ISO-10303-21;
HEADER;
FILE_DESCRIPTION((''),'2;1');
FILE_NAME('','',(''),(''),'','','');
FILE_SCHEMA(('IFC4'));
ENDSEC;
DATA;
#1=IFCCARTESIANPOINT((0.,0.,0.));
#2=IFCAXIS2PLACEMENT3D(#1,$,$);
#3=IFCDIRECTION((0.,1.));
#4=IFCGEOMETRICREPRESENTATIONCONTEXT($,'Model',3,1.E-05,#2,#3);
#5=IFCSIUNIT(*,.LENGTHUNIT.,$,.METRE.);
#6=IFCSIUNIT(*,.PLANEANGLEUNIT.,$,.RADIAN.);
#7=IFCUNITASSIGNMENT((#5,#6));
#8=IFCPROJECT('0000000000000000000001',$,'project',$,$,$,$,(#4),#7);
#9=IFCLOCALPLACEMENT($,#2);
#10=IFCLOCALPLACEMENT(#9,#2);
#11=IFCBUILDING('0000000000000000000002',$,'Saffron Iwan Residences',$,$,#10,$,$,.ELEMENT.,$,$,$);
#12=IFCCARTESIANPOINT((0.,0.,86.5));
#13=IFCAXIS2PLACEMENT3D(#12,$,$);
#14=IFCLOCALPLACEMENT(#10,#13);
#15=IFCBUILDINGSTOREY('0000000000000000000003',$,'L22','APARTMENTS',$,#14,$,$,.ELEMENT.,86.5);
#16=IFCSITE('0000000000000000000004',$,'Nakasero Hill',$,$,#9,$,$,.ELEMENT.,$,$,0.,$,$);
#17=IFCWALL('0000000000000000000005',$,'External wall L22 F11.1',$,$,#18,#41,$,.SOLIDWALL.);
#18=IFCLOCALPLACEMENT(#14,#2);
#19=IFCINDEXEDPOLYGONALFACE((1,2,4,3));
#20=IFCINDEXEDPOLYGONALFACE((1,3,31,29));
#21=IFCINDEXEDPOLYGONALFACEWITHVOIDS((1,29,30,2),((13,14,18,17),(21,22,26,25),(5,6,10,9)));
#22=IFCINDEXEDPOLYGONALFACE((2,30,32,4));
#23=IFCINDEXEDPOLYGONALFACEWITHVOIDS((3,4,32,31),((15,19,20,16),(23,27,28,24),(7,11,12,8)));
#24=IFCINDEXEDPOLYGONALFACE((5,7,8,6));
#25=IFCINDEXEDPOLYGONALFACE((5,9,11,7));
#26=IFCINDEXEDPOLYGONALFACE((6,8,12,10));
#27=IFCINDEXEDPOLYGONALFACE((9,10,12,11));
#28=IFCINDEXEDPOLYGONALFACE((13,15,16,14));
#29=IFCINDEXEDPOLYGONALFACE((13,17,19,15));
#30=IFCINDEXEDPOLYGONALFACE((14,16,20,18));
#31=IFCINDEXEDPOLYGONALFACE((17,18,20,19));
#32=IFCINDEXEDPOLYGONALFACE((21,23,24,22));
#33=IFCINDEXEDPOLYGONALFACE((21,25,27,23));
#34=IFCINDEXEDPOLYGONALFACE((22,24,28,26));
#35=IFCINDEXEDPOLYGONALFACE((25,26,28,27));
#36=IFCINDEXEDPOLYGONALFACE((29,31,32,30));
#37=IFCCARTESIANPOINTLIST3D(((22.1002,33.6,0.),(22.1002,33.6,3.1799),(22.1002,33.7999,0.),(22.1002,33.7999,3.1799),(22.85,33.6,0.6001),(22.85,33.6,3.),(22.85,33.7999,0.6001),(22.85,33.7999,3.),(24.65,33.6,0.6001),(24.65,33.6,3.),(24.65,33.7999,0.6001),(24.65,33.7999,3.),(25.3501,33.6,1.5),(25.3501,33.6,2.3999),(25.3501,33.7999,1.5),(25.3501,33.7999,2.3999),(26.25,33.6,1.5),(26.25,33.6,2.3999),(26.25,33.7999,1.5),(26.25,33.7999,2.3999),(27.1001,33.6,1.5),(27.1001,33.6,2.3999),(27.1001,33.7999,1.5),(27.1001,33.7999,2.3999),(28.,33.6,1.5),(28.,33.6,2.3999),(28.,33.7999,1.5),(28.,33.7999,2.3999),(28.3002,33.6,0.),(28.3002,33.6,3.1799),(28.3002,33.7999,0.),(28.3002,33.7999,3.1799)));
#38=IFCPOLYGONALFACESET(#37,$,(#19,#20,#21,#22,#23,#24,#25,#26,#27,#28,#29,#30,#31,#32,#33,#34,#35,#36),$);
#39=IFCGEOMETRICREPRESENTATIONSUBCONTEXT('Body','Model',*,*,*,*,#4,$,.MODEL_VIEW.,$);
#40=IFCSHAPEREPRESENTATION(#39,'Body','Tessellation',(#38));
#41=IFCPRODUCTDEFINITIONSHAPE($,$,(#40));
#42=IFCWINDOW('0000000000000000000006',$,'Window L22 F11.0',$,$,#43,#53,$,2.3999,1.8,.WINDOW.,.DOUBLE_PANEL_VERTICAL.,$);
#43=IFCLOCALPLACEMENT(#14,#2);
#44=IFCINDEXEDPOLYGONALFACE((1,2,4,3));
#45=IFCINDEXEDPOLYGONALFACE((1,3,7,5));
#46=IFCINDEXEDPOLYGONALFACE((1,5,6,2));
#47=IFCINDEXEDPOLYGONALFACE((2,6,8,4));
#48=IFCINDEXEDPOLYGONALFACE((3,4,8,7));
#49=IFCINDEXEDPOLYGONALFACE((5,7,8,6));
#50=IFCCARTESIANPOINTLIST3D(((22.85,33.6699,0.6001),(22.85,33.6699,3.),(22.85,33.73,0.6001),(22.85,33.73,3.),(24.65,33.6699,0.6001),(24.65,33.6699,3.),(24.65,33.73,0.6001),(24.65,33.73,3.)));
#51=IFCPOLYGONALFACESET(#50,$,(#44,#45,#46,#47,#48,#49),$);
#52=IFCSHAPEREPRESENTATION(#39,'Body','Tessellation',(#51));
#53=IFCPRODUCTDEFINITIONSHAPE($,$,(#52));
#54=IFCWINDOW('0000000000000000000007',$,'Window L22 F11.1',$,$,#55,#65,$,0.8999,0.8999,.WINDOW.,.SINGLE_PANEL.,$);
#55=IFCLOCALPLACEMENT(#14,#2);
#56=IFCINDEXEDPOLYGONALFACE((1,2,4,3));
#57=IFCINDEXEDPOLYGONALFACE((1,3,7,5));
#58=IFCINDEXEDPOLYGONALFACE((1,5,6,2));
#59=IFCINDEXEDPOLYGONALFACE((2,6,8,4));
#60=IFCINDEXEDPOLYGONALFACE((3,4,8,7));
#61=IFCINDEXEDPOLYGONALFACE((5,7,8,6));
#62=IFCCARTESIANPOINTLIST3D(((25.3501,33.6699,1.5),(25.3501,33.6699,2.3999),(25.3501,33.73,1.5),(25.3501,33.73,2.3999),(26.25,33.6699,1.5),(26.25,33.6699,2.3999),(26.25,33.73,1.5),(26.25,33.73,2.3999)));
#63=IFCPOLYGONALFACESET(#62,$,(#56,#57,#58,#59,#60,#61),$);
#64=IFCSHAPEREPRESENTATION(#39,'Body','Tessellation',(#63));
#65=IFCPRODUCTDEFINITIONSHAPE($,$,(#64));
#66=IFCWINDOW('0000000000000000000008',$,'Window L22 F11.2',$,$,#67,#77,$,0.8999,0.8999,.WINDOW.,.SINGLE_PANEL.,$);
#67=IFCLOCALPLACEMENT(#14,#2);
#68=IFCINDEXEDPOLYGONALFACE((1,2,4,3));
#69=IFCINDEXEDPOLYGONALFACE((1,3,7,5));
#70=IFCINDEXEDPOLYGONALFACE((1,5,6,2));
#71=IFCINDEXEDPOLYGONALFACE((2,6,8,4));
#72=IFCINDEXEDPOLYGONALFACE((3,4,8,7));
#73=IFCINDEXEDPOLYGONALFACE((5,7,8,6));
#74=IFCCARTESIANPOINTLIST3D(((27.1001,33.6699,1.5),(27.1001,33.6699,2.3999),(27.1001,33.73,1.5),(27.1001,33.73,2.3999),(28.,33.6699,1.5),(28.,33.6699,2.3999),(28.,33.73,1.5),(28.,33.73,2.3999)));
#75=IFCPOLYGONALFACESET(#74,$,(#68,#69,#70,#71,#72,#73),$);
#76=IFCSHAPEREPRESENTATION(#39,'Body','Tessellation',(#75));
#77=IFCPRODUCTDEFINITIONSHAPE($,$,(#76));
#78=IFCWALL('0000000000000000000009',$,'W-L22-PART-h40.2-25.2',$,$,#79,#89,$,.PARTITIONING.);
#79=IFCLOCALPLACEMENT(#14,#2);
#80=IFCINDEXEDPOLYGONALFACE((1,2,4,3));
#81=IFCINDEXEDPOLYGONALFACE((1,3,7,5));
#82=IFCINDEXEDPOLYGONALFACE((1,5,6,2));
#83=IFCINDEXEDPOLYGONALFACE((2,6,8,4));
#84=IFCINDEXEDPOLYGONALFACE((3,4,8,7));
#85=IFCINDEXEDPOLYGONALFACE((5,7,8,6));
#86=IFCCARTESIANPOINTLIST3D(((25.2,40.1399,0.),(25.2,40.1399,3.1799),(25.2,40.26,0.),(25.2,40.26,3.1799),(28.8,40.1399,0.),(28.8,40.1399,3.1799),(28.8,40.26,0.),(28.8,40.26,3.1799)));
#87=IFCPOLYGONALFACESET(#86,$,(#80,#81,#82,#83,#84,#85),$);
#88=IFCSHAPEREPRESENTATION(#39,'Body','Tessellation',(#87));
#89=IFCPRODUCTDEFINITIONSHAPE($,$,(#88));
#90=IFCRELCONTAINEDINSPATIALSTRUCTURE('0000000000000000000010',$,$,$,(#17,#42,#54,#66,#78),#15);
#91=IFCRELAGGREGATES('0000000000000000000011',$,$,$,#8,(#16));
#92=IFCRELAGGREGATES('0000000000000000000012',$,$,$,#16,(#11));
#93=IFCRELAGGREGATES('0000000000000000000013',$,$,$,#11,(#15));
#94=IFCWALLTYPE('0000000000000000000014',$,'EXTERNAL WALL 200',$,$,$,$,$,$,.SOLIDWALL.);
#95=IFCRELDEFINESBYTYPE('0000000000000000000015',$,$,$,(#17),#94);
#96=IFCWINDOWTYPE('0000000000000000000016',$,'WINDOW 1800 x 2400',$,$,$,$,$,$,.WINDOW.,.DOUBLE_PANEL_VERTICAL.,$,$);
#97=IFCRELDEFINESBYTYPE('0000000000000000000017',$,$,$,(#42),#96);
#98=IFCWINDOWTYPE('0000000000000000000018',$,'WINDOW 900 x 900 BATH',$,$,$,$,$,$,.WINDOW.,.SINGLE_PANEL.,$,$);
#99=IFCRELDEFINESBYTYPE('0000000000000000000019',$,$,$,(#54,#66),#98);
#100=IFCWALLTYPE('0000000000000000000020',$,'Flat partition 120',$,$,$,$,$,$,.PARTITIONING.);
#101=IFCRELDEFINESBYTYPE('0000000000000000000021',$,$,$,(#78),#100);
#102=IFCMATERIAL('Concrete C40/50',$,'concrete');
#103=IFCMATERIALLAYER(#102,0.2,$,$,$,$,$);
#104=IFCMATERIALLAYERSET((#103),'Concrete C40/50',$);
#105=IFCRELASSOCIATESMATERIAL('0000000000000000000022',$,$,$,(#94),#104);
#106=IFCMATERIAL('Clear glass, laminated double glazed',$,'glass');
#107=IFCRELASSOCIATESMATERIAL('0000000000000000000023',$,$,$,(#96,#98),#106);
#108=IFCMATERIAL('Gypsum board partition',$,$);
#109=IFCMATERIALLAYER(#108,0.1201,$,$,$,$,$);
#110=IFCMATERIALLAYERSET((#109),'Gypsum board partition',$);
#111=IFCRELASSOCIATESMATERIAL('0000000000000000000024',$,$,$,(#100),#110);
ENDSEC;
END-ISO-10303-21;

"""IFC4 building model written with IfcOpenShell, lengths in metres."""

from ifc_helpers import new_model, si_unit, direction, frame, frame_2d, origin, place, context, subcontext, project, spatial, rectangle, extrude, material, layer, layer_set, type_object, element, fill, save


model = new_model("IFC4")

# Units and contexts
model_context = context("Model", 3, precision=1e-05, world=origin(), true_north=direction((0.0, 1.0)))
body_context = subcontext(model_context, "Body", "Model", "MODEL_VIEW")
ifc_project = project(units=[si_unit("LENGTHUNIT", "METRE"), si_unit("PLANEANGLEUNIT", "RADIAN")], contexts=[model_context])

# Site, building, storey
site_placement = place(None, origin())
site = spatial("IfcSite", under=ifc_project, at=site_placement, Name="Nakasero Hill", CompositionType="ELEMENT", RefElevation=0.0)
building_placement = place(site_placement, origin())
building = spatial("IfcBuilding", under=site, at=building_placement, Name="Saffron Iwan Residences", CompositionType="ELEMENT")
storey_placement = place(building_placement, frame((0.0, 0.0, 86.5)))
storey = spatial("IfcBuildingStorey", under=building, at=storey_placement, Name="L22", Description="APARTMENTS", CompositionType="ELEMENT", Elevation=86.5)

# Shared definitions
ifc_material_1 = material(Name="Concrete C40/50", Category="concrete")
ifc_layer_1 = layer(ifc_material_1, 0.2)
ifc_layer_set_1 = layer_set([ifc_layer_1], Name="Concrete C40/50")
wall_type_1 = type_object("IfcWallType", Name="EXTERNAL WALL 200", PredefinedType="SOLIDWALL", material=ifc_layer_set_1)
ifc_material_2 = material(Name="Clear glass, laminated double glazed", Category="glass")
window_type_1 = type_object("IfcWindowType", Name="WINDOW 1800 x 2400", PartitioningType="DOUBLE_PANEL_VERTICAL", PredefinedType="WINDOW", material=ifc_material_2)

# Wall, openings, windows
wall_1_placement = place(storey_placement, frame((22.1001, 33.7, 0.0), z_axis=(0.0, 0.0, 1.0), x_axis=(1.0, 0.0, 0.0)))
wall_1 = element("IfcWall", 1, at=wall_1_placement, inside=storey, type_object=wall_type_1, Name="External wall L22 F11.1", PredefinedType="SOLIDWALL", context=body_context, shape_type="SweptSolid", body=[
    extrude(rectangle(XDim=6.2, YDim=0.2, at=frame_2d((3.1001, 0.0))), origin(), (0.0, 0.0, 1.0), 3.1799),
])
opening_1_placement = place(wall_1_placement, frame((0.75, 0.0, 0.6001)))
opening_1 = element("IfcOpeningElement", 2, at=opening_1_placement, cuts=wall_1, PredefinedType="OPENING", context=body_context, shape_type="SweptSolid", body=[
    extrude(rectangle(XDim=1.8, YDim=2.3999, at=frame_2d((0.8999, 1.2))), frame((0.0, 0.1099, 0.0), z_axis=(0.0, -1.0, 0.0), x_axis=(1.0, 0.0, 0.0)), (0.0, 0.0, 1.0), 0.22),
])
opening_2_placement = place(wall_1_placement, frame((3.25, 0.0, 1.5)))
opening_2 = element("IfcOpeningElement", 3, at=opening_2_placement, cuts=wall_1, PredefinedType="OPENING", context=body_context, shape_type="SweptSolid", body=[
    extrude(rectangle(XDim=0.8999, YDim=0.8999, at=frame_2d((0.45, 0.45))), frame((0.0, 0.1099, 0.0), z_axis=(0.0, -1.0, 0.0), x_axis=(1.0, 0.0, 0.0)), (0.0, 0.0, 1.0), 0.22),
])
opening_3_placement = place(wall_1_placement, frame((5.0, 0.0, 1.5)))
opening_3 = element("IfcOpeningElement", 4, at=opening_3_placement, cuts=wall_1, PredefinedType="OPENING", context=body_context, shape_type="SweptSolid", body=[
    extrude(rectangle(XDim=0.8999, YDim=0.8999, at=frame_2d((0.45, 0.45))), frame((0.0, 0.1099, 0.0), z_axis=(0.0, -1.0, 0.0), x_axis=(1.0, 0.0, 0.0)), (0.0, 0.0, 1.0), 0.22),
])
window_1_placement = place(opening_1_placement, origin())
window_1 = element("IfcWindow", 5, at=window_1_placement, inside=storey, type_object=window_type_1, Name="Window L22 F11.0", OverallHeight=2.3999, OverallWidth=1.8, PartitioningType="DOUBLE_PANEL_VERTICAL", PredefinedType="WINDOW", context=body_context, shape_type="SweptSolid", body=[
    extrude(rectangle(XDim=1.8, YDim=2.3999, at=frame_2d((0.8999, 1.2))), frame((0.0, 0.03, 0.0), z_axis=(0.0, -1.0, 0.0), x_axis=(1.0, 0.0, 0.0)), (0.0, 0.0, 1.0), 0.0601),
])
fill(opening_1, window_1)
window_type_2 = type_object("IfcWindowType", Name="WINDOW 900 x 900 BATH", PartitioningType="SINGLE_PANEL", PredefinedType="WINDOW", material=ifc_material_2)
window_2_placement = place(opening_2_placement, origin())
window_2 = element("IfcWindow", 6, at=window_2_placement, inside=storey, type_object=window_type_2, Name="Window L22 F11.1", OverallHeight=0.8999, OverallWidth=0.8999, PartitioningType="SINGLE_PANEL", PredefinedType="WINDOW", context=body_context, shape_type="SweptSolid", body=[
    extrude(rectangle(XDim=0.8999, YDim=0.8999, at=frame_2d((0.45, 0.45))), frame((0.0, 0.03, 0.0), z_axis=(0.0, -1.0, 0.0), x_axis=(1.0, 0.0, 0.0)), (0.0, 0.0, 1.0), 0.0601),
])
fill(opening_2, window_2)
window_3_placement = place(opening_3_placement, origin())
window_3 = element("IfcWindow", 7, at=window_3_placement, inside=storey, type_object=window_type_2, Name="Window L22 F11.2", OverallHeight=0.8999, OverallWidth=0.8999, PartitioningType="SINGLE_PANEL", PredefinedType="WINDOW", context=body_context, shape_type="SweptSolid", body=[
    extrude(rectangle(XDim=0.8999, YDim=0.8999, at=frame_2d((0.45, 0.45))), frame((0.0, 0.03, 0.0), z_axis=(0.0, -1.0, 0.0), x_axis=(1.0, 0.0, 0.0)), (0.0, 0.0, 1.0), 0.0601),
])
fill(opening_3, window_3)

# Wall
ifc_material_3 = material(Name="Gypsum board partition")
ifc_layer_2 = layer(ifc_material_3, 0.1201)
ifc_layer_set_2 = layer_set([ifc_layer_2], Name="Gypsum board partition")
wall_type_2 = type_object("IfcWallType", Name="Flat partition 120", PredefinedType="PARTITIONING", material=ifc_layer_set_2)
wall_2_placement = place(storey_placement, frame((25.2, 40.2, 0.0), z_axis=(0.0, 0.0, 1.0), x_axis=(1.0, 0.0, 0.0)))
element("IfcWall", 8, at=wall_2_placement, inside=storey, type_object=wall_type_2, Name="W-L22-PART-h40.2-25.2", PredefinedType="PARTITIONING", context=body_context, shape_type="SweptSolid", body=[
    extrude(rectangle(XDim=3.6001, YDim=0.1201, at=frame_2d((1.8, 0.0))), origin(), (0.0, 0.0, 1.0), 3.1799),
])

save(model, "model.ifc")
